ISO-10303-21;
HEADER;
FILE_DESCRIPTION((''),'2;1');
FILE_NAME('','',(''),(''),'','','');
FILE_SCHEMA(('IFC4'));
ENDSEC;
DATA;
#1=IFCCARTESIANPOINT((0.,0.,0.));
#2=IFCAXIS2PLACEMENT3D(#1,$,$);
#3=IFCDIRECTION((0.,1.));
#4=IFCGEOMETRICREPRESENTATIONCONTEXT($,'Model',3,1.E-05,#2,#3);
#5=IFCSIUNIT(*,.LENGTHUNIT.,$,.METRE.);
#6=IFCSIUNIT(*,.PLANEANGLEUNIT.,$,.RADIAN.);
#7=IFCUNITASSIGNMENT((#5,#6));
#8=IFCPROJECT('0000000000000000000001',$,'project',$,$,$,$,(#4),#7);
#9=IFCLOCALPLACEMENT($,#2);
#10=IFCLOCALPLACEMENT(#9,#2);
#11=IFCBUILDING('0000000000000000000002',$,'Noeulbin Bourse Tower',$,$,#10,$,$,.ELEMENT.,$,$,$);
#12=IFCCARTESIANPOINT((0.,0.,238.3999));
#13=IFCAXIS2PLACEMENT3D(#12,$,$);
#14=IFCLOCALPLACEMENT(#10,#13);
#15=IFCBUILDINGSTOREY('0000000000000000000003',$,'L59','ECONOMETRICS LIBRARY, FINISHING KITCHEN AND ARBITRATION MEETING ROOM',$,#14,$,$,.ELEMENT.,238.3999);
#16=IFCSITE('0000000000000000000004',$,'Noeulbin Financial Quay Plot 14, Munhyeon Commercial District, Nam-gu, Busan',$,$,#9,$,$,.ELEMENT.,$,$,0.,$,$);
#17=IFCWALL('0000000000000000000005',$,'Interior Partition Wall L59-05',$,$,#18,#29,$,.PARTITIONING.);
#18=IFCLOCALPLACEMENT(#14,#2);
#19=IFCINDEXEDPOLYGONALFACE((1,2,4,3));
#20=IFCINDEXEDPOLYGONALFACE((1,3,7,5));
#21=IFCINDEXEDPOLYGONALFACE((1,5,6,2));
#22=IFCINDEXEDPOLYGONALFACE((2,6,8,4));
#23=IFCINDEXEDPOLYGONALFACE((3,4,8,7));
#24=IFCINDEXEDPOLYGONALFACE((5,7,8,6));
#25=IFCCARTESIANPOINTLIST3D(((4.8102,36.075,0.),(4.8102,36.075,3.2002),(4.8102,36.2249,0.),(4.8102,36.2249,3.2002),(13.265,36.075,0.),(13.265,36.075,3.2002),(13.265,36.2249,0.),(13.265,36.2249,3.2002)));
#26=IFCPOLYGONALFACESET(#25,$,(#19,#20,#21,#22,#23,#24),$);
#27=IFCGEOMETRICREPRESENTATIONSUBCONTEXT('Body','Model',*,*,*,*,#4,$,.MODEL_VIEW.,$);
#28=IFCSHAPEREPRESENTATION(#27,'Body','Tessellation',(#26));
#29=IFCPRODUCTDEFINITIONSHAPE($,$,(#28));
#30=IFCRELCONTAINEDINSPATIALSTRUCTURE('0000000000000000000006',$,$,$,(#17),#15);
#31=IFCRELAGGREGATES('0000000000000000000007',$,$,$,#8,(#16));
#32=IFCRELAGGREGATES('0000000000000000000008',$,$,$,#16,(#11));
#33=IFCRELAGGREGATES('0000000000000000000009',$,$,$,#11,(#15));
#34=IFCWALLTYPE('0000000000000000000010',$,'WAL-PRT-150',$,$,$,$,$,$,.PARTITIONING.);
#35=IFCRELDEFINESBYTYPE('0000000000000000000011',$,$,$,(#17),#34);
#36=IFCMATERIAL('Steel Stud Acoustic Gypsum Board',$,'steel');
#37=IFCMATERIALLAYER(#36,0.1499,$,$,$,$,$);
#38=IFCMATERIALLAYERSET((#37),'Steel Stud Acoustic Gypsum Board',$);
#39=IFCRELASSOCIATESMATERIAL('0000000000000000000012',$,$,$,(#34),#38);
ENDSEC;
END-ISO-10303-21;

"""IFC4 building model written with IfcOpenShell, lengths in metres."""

from ifc_helpers import new_model, si_unit, direction, frame, frame_2d, origin, place, context, subcontext, project, spatial, rectangle, extrude, material, layer, layer_set, type_object, element, save


model = new_model("IFC4")

# Units and contexts
model_context = context("Model", 3, precision=1e-05, world=origin(), true_north=direction((0.0, 1.0)))
body_context = subcontext(model_context, "Body", "Model", "MODEL_VIEW")
ifc_project = project(units=[si_unit("LENGTHUNIT", "METRE"), si_unit("PLANEANGLEUNIT", "RADIAN")], contexts=[model_context])

# Site, building, storey
site_placement = place(None, origin())
site = spatial("IfcSite", under=ifc_project, at=site_placement, Name="Noeulbin Financial Quay Plot 14, Munhyeon Commercial District, Nam-gu, Busan", CompositionType="ELEMENT", RefElevation=0.0)
building_placement = place(site_placement, origin())
building = spatial("IfcBuilding", under=site, at=building_placement, Name="Noeulbin Bourse Tower", CompositionType="ELEMENT")
storey_placement = place(building_placement, frame((0.0, 0.0, 238.3999)))
storey = spatial("IfcBuildingStorey", under=building, at=storey_placement, Name="L59", Description="ECONOMETRICS LIBRARY, FINISHING KITCHEN AND ARBITRATION MEETING ROOM", CompositionType="ELEMENT", Elevation=238.3999)

# Wall
ifc_material_1 = material(Name="Steel Stud Acoustic Gypsum Board", Category="steel")
ifc_layer_1 = layer(ifc_material_1, 0.1499)
ifc_layer_set_1 = layer_set([ifc_layer_1], Name="Steel Stud Acoustic Gypsum Board")
wall_type_1 = type_object("IfcWallType", Name="WAL-PRT-150", PredefinedType="PARTITIONING", material=ifc_layer_set_1)
wall_1_placement = place(storey_placement, frame((4.8101, 36.1499, 0.0), z_axis=(0.0, 0.0, 1.0), x_axis=(1.0, 0.0, 0.0)))
element("IfcWall", 1, at=wall_1_placement, inside=storey, type_object=wall_type_1, Name="Interior Partition Wall L59-05", PredefinedType="PARTITIONING", context=body_context, shape_type="SweptSolid", body=[
    extrude(rectangle(XDim=8.4548, YDim=0.1499, at=frame_2d((4.2275, 0.0))), origin(), (0.0, 0.0, 1.0), 3.2002),
])

save(model, "model.ifc")
